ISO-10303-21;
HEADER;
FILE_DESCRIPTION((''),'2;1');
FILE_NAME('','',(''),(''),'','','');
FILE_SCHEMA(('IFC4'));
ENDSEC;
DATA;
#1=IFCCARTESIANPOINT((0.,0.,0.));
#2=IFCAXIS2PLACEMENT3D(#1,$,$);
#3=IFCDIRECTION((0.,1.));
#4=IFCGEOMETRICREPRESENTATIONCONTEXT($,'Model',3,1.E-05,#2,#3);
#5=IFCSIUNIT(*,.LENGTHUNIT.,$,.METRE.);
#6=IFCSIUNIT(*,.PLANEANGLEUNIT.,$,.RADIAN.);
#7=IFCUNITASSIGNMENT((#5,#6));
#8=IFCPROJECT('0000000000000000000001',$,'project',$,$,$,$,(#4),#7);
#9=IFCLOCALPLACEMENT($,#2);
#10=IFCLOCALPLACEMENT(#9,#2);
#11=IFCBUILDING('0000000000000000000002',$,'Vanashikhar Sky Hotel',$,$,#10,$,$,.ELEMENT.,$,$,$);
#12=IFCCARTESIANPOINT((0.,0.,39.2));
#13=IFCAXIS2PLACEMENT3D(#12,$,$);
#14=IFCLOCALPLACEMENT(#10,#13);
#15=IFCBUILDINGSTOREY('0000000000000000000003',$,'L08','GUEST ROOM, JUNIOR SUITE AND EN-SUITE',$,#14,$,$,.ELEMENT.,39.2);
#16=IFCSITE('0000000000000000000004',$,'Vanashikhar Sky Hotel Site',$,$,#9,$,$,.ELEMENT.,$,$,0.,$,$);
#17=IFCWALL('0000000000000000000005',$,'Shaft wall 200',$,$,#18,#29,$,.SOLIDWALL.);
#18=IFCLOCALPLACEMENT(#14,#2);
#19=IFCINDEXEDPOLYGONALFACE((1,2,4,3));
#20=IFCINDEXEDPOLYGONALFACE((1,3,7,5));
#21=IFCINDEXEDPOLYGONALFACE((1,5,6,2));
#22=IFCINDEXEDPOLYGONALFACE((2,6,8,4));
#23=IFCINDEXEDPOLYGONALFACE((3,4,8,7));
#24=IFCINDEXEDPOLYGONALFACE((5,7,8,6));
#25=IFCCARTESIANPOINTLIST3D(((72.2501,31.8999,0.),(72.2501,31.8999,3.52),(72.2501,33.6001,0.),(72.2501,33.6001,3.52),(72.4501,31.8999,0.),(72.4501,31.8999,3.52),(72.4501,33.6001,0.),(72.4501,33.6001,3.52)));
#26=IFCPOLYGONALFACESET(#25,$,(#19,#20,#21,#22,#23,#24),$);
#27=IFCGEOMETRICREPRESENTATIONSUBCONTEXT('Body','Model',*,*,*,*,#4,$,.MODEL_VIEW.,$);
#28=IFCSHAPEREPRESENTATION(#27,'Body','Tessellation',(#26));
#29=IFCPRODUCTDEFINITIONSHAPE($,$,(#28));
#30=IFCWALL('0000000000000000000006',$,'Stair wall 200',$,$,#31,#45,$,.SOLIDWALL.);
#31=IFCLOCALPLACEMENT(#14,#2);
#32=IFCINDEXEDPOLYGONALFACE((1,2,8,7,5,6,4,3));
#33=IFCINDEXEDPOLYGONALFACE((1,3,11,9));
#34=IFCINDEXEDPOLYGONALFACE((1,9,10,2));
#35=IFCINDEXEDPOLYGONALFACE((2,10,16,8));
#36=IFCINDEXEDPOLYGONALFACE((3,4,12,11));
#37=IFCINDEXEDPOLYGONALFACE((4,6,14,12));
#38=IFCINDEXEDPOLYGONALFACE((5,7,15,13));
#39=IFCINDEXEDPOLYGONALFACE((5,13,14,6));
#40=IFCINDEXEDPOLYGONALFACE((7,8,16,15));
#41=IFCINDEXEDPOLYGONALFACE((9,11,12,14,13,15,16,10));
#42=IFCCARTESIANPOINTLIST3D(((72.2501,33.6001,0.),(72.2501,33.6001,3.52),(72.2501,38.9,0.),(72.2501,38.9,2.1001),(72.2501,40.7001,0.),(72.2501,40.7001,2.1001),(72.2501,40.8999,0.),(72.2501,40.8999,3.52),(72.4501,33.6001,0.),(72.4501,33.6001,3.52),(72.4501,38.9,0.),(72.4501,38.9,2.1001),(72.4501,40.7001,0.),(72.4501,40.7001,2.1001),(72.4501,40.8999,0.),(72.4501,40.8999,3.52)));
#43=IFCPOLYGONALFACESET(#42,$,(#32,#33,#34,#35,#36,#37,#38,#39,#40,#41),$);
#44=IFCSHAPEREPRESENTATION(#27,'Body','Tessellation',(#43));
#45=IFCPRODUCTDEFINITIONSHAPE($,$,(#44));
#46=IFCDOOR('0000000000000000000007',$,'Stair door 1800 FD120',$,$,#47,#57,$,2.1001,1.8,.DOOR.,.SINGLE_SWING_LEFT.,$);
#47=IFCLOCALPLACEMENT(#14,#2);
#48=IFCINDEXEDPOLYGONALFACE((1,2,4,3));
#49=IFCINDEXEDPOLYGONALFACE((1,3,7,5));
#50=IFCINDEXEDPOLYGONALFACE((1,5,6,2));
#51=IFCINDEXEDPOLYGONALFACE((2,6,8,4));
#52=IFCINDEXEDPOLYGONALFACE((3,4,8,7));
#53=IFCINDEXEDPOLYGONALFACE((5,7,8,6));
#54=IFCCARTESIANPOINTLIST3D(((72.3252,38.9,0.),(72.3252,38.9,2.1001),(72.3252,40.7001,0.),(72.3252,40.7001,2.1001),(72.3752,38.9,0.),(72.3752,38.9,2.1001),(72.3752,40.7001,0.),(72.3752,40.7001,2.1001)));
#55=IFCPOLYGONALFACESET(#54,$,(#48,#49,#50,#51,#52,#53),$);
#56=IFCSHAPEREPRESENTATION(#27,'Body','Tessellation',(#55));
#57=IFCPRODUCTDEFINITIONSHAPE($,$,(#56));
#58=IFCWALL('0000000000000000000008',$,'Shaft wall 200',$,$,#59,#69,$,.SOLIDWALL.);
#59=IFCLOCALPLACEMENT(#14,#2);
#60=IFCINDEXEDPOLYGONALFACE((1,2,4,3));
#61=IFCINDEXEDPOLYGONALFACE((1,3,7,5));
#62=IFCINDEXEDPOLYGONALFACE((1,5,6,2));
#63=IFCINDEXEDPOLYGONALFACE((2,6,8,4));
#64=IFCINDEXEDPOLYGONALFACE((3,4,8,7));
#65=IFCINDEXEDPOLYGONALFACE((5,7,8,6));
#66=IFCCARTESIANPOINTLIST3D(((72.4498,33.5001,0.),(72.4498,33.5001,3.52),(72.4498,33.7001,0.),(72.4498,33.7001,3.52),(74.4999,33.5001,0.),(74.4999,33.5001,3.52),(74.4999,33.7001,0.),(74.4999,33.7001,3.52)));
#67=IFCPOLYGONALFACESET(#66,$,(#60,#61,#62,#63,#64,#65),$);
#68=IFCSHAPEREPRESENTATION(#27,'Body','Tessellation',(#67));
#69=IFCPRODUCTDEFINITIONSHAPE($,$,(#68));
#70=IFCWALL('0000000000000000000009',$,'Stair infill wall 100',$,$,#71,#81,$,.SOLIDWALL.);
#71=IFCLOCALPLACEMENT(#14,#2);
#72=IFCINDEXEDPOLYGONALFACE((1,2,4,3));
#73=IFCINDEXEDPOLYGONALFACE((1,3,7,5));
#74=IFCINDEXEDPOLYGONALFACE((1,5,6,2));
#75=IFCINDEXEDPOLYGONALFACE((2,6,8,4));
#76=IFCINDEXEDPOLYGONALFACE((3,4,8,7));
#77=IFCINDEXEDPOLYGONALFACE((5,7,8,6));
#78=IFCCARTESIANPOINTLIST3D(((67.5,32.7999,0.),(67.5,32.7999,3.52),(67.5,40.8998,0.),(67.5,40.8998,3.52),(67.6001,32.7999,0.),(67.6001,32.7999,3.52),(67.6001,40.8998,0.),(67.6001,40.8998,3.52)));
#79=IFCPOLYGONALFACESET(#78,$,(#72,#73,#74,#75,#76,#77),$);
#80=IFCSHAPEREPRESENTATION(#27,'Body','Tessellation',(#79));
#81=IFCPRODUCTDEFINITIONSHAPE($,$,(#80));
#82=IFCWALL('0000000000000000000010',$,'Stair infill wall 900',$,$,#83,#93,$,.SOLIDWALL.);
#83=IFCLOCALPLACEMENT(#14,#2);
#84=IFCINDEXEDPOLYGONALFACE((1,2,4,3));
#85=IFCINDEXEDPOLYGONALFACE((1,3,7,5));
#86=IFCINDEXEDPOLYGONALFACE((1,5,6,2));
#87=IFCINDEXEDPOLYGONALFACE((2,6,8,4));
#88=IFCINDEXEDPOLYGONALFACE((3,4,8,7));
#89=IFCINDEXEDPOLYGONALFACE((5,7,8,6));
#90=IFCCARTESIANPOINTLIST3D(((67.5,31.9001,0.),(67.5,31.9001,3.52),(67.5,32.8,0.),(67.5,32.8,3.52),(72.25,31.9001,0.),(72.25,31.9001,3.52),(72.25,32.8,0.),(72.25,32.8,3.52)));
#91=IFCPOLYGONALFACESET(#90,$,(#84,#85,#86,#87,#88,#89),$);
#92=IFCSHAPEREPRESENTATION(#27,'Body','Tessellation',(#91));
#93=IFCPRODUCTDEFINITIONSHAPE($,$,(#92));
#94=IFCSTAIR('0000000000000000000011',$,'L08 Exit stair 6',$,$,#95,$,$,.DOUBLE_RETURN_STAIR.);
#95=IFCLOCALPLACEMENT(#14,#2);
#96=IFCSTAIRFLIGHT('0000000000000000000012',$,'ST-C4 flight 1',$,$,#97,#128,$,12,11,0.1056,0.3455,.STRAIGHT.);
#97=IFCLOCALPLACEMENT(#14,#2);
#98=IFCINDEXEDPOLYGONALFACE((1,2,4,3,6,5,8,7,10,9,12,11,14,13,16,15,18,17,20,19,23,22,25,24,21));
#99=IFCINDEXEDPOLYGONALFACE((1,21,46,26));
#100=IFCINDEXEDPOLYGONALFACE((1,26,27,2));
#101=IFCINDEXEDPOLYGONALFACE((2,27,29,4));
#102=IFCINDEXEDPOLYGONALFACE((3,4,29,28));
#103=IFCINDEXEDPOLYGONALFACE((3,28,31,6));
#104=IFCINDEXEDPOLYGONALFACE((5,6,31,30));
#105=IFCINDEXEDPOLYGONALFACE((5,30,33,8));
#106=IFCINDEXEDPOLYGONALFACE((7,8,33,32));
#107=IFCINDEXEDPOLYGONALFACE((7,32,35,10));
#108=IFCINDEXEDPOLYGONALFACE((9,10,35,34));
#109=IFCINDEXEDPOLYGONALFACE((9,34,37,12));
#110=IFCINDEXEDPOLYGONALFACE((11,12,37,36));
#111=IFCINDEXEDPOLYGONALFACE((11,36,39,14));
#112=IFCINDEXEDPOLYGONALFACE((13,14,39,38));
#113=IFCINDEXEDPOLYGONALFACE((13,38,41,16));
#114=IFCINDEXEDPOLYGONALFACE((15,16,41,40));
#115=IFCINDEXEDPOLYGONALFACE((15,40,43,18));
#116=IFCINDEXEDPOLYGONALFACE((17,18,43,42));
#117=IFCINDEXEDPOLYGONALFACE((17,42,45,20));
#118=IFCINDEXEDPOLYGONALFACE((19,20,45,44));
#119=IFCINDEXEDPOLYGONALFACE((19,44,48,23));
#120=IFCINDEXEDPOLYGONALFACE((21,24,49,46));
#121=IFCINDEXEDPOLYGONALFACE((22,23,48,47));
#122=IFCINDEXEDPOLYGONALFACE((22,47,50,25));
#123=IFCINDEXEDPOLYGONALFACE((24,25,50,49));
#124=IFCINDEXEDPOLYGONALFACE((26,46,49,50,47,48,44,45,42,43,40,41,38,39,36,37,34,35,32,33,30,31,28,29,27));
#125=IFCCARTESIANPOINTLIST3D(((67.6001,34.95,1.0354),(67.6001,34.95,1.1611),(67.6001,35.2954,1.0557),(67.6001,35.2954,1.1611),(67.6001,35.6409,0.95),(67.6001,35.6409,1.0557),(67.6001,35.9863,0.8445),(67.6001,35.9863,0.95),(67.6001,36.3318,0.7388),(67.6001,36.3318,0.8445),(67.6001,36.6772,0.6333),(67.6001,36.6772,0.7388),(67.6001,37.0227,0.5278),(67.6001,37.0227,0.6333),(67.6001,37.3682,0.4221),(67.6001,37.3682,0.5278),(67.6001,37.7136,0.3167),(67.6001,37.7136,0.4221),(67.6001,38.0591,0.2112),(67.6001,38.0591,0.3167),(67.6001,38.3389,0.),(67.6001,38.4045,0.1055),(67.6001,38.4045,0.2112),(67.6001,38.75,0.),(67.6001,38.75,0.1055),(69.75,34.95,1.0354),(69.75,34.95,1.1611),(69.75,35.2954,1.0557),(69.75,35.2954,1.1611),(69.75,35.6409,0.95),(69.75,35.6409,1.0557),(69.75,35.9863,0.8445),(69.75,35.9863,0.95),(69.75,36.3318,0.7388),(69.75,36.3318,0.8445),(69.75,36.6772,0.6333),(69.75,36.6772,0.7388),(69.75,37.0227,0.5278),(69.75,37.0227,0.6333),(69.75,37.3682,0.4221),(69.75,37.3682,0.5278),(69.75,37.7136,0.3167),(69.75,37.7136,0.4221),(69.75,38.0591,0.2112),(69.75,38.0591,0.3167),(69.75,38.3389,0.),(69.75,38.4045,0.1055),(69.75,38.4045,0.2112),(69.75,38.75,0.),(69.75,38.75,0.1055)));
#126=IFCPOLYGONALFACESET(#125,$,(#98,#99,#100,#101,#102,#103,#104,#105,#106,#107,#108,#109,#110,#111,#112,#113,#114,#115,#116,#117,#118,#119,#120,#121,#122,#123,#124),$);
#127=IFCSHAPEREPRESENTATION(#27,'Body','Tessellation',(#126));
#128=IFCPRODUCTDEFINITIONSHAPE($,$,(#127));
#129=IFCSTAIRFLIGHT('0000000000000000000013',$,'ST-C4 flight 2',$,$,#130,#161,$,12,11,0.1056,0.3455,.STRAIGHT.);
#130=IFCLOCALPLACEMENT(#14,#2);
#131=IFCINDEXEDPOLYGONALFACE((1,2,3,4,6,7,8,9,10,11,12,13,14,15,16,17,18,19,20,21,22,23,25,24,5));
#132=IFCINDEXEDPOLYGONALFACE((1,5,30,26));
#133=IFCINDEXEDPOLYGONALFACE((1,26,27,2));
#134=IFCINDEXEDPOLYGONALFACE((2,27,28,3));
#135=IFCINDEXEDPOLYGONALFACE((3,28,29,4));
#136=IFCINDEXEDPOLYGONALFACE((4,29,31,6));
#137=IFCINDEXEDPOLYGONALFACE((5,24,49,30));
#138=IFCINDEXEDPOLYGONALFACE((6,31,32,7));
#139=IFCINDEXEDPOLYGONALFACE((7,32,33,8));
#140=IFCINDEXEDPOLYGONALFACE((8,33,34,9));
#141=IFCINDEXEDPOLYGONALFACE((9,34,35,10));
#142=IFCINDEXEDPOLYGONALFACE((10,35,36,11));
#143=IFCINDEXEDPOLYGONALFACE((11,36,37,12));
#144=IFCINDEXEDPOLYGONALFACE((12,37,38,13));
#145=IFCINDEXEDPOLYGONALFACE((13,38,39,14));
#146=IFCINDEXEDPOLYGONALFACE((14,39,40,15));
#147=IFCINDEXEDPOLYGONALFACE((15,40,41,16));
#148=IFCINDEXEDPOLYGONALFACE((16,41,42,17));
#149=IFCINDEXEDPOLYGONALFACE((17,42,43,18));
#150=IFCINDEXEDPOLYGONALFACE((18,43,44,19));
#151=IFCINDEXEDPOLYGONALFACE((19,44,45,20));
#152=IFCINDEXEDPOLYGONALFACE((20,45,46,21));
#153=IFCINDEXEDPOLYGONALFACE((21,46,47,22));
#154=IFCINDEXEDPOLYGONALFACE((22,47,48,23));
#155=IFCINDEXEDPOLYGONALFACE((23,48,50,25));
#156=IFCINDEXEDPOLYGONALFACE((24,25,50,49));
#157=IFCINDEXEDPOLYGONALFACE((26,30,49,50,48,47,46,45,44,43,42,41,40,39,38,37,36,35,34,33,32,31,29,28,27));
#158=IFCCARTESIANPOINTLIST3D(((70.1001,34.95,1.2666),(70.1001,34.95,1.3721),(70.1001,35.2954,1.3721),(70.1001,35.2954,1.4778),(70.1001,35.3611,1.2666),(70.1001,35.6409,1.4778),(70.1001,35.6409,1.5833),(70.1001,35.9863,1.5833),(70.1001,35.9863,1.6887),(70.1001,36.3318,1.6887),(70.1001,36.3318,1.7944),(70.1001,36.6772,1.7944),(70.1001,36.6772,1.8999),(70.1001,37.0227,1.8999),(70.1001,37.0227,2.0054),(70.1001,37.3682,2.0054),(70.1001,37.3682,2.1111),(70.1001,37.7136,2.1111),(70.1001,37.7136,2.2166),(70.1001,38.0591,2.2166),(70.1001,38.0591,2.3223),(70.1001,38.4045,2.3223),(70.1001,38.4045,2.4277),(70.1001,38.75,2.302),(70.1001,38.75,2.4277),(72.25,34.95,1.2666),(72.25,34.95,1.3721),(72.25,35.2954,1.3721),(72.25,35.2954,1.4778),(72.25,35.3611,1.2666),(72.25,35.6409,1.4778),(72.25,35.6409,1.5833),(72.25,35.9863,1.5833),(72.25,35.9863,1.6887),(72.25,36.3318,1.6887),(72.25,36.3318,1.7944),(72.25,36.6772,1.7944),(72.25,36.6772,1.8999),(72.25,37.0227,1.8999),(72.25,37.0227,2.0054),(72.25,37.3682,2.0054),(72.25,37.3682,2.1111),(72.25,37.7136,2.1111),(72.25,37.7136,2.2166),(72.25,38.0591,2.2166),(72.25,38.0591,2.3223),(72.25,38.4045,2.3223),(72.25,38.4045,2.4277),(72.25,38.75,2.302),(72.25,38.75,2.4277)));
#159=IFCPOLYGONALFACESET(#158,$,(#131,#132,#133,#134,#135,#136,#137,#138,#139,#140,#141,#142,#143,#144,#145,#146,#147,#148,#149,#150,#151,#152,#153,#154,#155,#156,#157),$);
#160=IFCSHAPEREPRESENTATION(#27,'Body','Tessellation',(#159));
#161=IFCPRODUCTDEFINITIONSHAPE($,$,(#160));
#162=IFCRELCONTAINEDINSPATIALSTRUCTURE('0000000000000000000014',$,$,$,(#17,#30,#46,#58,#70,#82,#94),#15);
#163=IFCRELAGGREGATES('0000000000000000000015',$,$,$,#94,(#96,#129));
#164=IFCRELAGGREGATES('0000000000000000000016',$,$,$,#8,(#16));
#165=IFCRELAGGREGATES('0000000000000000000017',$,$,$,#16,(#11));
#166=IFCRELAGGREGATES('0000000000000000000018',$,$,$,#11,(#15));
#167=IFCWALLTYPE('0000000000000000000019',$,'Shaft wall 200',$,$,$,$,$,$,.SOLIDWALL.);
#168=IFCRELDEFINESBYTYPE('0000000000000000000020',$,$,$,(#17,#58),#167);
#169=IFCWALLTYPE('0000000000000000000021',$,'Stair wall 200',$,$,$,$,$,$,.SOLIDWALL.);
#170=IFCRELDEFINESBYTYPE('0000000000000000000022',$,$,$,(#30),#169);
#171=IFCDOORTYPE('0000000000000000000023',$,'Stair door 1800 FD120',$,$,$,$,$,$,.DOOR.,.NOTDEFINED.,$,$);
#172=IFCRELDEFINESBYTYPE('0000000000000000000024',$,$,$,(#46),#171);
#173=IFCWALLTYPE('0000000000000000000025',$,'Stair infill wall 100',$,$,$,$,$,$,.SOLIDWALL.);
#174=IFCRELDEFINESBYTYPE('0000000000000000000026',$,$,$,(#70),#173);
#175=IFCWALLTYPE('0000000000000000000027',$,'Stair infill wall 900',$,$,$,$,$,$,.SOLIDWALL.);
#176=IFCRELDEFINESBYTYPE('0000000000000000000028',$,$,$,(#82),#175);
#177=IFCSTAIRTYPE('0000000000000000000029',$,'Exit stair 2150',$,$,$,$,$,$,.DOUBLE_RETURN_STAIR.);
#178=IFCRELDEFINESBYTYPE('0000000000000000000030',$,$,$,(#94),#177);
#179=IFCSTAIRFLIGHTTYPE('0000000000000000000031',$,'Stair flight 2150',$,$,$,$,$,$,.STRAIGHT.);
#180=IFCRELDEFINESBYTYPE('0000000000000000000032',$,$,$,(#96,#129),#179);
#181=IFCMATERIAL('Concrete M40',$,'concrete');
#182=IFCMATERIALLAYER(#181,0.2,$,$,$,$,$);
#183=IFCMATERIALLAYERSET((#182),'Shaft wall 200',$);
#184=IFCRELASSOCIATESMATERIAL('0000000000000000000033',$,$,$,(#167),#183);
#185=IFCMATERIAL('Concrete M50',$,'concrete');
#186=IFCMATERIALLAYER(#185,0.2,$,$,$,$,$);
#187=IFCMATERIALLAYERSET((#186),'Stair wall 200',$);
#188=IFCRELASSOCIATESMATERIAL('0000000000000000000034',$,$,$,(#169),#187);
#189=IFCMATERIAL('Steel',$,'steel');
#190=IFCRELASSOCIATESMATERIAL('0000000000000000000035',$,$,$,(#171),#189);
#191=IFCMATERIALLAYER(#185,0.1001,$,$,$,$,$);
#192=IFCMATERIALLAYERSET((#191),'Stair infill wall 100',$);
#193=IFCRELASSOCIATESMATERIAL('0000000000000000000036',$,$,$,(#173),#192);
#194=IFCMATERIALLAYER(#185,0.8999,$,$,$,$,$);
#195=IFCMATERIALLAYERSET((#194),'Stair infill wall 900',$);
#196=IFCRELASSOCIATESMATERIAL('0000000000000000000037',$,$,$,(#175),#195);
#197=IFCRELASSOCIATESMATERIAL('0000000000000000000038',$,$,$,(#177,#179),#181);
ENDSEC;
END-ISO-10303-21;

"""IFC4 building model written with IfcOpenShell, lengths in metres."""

from ifc_helpers import new_model, si_unit, direction, frame, frame_2d, origin, place, context, subcontext, project, spatial, polyline, rectangle, outline, extrude, source, transform, mapped, material, layer, layer_set, type_object, element, fill, aggregate, save


model = new_model("IFC4")

# Units and contexts
model_context = context("Model", 3, precision=1e-05, world=origin(), true_north=direction((0.0, 1.0)))
body_context = subcontext(model_context, "Body", "Model", "MODEL_VIEW")
ifc_project = project(units=[si_unit("LENGTHUNIT", "METRE"), si_unit("PLANEANGLEUNIT", "RADIAN")], contexts=[model_context])

# Site, building, storey
site_placement = place(None, origin())
site = spatial("IfcSite", under=ifc_project, at=site_placement, Name="Vanashikhar Sky Hotel Site", CompositionType="ELEMENT", RefElevation=0.0)
building_placement = place(site_placement, origin())
building = spatial("IfcBuilding", under=site, at=building_placement, Name="Vanashikhar Sky Hotel", CompositionType="ELEMENT")
storey_placement = place(building_placement, frame((0.0, 0.0, 39.2)))
storey = spatial("IfcBuildingStorey", under=building, at=storey_placement, Name="L08", Description="GUEST ROOM, JUNIOR SUITE AND EN-SUITE", CompositionType="ELEMENT", Elevation=39.2)

# Wall
ifc_material_1 = material(Name="Concrete M40", Category="concrete")
ifc_layer_1 = layer(ifc_material_1, 0.2)
ifc_layer_set_1 = layer_set([ifc_layer_1], Name="Shaft wall 200")
wall_type_1 = type_object("IfcWallType", Name="Shaft wall 200", PredefinedType="SOLIDWALL", material=ifc_layer_set_1)
shared_shape_1 = source(origin(), body_context, "Body", "SweptSolid", [
    extrude(rectangle(XDim=1.7002, YDim=0.2, at=frame_2d((0.8501, 0.0))), origin(), (0.0, 0.0, 1.0), 3.52),
])
wall_1_placement = place(storey_placement, frame((72.3501, 31.8999, 0.0), z_axis=(0.0, 0.0, 1.0), x_axis=(0.0, 1.0, 0.0)))
element("IfcWall", 1, at=wall_1_placement, inside=storey, type_object=wall_type_1, Name="Shaft wall 200", PredefinedType="SOLIDWALL", context=body_context, shape_type="MappedRepresentation", body=[
    mapped(shared_shape_1, transform((0.0, 0.0, 0.0), scale=1.0)),
])

# Wall, opening, door
ifc_material_2 = material(Name="Concrete M50", Category="concrete")
ifc_layer_2 = layer(ifc_material_2, 0.2)
ifc_layer_set_2 = layer_set([ifc_layer_2], Name="Stair wall 200")
wall_type_2 = type_object("IfcWallType", Name="Stair wall 200", PredefinedType="SOLIDWALL", material=ifc_layer_set_2)
shared_shape_2 = source(origin(), body_context, "Body", "SweptSolid", [
    extrude(rectangle(XDim=7.2998, YDim=0.2, at=frame_2d((3.6499, 0.0))), origin(), (0.0, 0.0, 1.0), 3.52),
])
wall_2_placement = place(storey_placement, frame((72.3501, 33.6001, 0.0), z_axis=(0.0, 0.0, 1.0), x_axis=(0.0, 1.0, 0.0)))
wall_2 = element("IfcWall", 2, at=wall_2_placement, inside=storey, type_object=wall_type_2, Name="Stair wall 200", PredefinedType="SOLIDWALL", context=body_context, shape_type="MappedRepresentation", body=[
    mapped(shared_shape_2, transform((0.0, 0.0, 0.0), scale=1.0)),
])
shared_shape_3 = source(origin(), body_context, "Body", "SweptSolid", [
    extrude(rectangle(XDim=1.8, YDim=2.1001, at=frame_2d((0.8999, 1.05))), frame((0.0, 0.1099, 0.0), z_axis=(0.0, -1.0, 0.0), x_axis=(1.0, 0.0, 0.0)), (0.0, 0.0, 1.0), 0.22),
])
opening_placement = place(wall_2_placement, frame((5.3, 0.0, 0.0)))
opening = element("IfcOpeningElement", 3, at=opening_placement, cuts=wall_2, PredefinedType="OPENING", context=body_context, shape_type="MappedRepresentation", body=[
    mapped(shared_shape_3, transform((0.0, 0.0, 0.0), scale=1.0)),
])
ifc_material_3 = material(Name="Steel", Category="steel")
door_type = type_object("IfcDoorType", Name="Stair door 1800 FD120", OperationType="NOTDEFINED", PredefinedType="DOOR", material=ifc_material_3)
shared_shape_4 = source(origin(), body_context, "Body", "SweptSolid", [
    extrude(rectangle(XDim=1.8, YDim=2.1001, at=frame_2d((0.8999, 1.05))), frame((0.0, 0.0249, 0.0), z_axis=(0.0, -1.0, 0.0), x_axis=(1.0, 0.0, 0.0)), (0.0, 0.0, 1.0), 0.05),
])
door_placement = place(opening_placement, origin())
door = element("IfcDoor", 4, at=door_placement, inside=storey, type_object=door_type, Name="Stair door 1800 FD120", OperationType="SINGLE_SWING_LEFT", OverallHeight=2.1001, OverallWidth=1.8, PredefinedType="DOOR", context=body_context, shape_type="MappedRepresentation", body=[
    mapped(shared_shape_4, transform((0.0, 0.0, 0.0), scale=1.0)),
])
fill(opening, door)

# Walls
shared_shape_5 = source(origin(), body_context, "Body", "SweptSolid", [
    extrude(rectangle(XDim=2.05, YDim=0.2, at=frame_2d((1.0249, 0.0))), origin(), (0.0, 0.0, 1.0), 3.52),
])
wall_3_placement = place(storey_placement, frame((72.45, 33.6001, 0.0), z_axis=(0.0, 0.0, 1.0), x_axis=(1.0, 0.0, 0.0)))
element("IfcWall", 5, at=wall_3_placement, inside=storey, type_object=wall_type_1, Name="Shaft wall 200", PredefinedType="SOLIDWALL", context=body_context, shape_type="MappedRepresentation", body=[
    mapped(shared_shape_5, transform((0.0, 0.0, 0.0), scale=1.0)),
])
ifc_layer_3 = layer(ifc_material_2, 0.1001)
ifc_layer_set_3 = layer_set([ifc_layer_3], Name="Stair infill wall 100")
wall_type_3 = type_object("IfcWallType", Name="Stair infill wall 100", PredefinedType="SOLIDWALL", material=ifc_layer_set_3)
shared_shape_6 = source(origin(), body_context, "Body", "SweptSolid", [
    extrude(rectangle(XDim=8.0999, YDim=0.1001, at=frame_2d((4.0498, 0.0))), origin(), (0.0, 0.0, 1.0), 3.52),
])
wall_4_placement = place(storey_placement, frame((67.55, 32.8, 0.0), z_axis=(0.0, 0.0, 1.0), x_axis=(0.0, 1.0, 0.0)))
element("IfcWall", 6, at=wall_4_placement, inside=storey, type_object=wall_type_3, Name="Stair infill wall 100", PredefinedType="SOLIDWALL", context=body_context, shape_type="MappedRepresentation", body=[
    mapped(shared_shape_6, transform((0.0, 0.0, 0.0), scale=1.0)),
])
ifc_layer_4 = layer(ifc_material_2, 0.8999)
ifc_layer_set_4 = layer_set([ifc_layer_4], Name="Stair infill wall 900")
wall_type_4 = type_object("IfcWallType", Name="Stair infill wall 900", PredefinedType="SOLIDWALL", material=ifc_layer_set_4)
shared_shape_7 = source(origin(), body_context, "Body", "SweptSolid", [
    extrude(rectangle(XDim=4.75, YDim=0.8999, at=frame_2d((2.375, 0.0))), origin(), (0.0, 0.0, 1.0), 3.52),
])
wall_5_placement = place(storey_placement, frame((67.5, 32.3501, 0.0), z_axis=(0.0, 0.0, 1.0), x_axis=(1.0, 0.0, 0.0)))
element("IfcWall", 7, at=wall_5_placement, inside=storey, type_object=wall_type_4, Name="Stair infill wall 900", PredefinedType="SOLIDWALL", context=body_context, shape_type="MappedRepresentation", body=[
    mapped(shared_shape_7, transform((0.0, 0.0, 0.0), scale=1.0)),
])

# Stair, stair flights
stair_type = type_object("IfcStairType", Name="Exit stair 2150", PredefinedType="DOUBLE_RETURN_STAIR", material=ifc_material_1)
stair_placement = place(storey_placement, origin())
stair = element("IfcStair", 8, at=stair_placement, inside=storey, type_object=stair_type, Name="L08 Exit stair 6", PredefinedType="DOUBLE_RETURN_STAIR")
stair_flight_type = type_object("IfcStairFlightType", Name="Stair flight 2150", PredefinedType="STRAIGHT", material=ifc_material_1)
shared_shape_8 = source(origin(), body_context, "Body", "SweptSolid", [
    extrude(outline(polyline([(0.0, 0.0), (0.0, 0.1055), (0.3455, 0.1055), (0.3455, 0.2112), (0.6909, 0.2112), (0.6909, 0.3167), (1.0364, 0.3167), (1.0364, 0.4221), (1.3818, 0.4221), (1.3818, 0.5278), (1.7273, 0.5278), (1.7273, 0.6333), (2.0728, 0.6333), (2.0728, 0.7388), (2.4182, 0.7388), (2.4182, 0.8445), (2.7637, 0.8445), (2.7637, 0.95), (3.1091, 0.95), (3.1091, 1.0557), (3.4546, 1.0557), (3.4546, 1.1611), (3.8, 1.1611), (3.8, 1.2666), (3.8, 1.0354), (0.4111, 0.0), (0.0, 0.0)])), frame((0.0, 1.075, 0.0), z_axis=(0.0, -1.0, 0.0), x_axis=(1.0, 0.0, 0.0)), (0.0, 0.0, 1.0), 2.1499),
])
stair_flight_1_placement = place(storey_placement, frame((68.675, 38.75, 0.0), z_axis=(0.0, 0.0, 1.0), x_axis=(0.0, -1.0, 0.0)))
stair_flight_1 = element("IfcStairFlight", 9, at=stair_flight_1_placement, type_object=stair_flight_type, Name="ST-C4 flight 1", NumberOfRisers=12, NumberOfTreads=11, PredefinedType="STRAIGHT", RiserHeight=0.1056, TreadLength=0.3455, context=body_context, shape_type="MappedRepresentation", body=[
    mapped(shared_shape_8, transform((0.0, 0.0, 0.0), scale=1.0)),
])
stair_flight_2_placement = place(storey_placement, frame((71.175, 34.95, 1.2666), z_axis=(0.0, 0.0, 1.0), x_axis=(0.0, 1.0, 0.0)))
stair_flight_2 = element("IfcStairFlight", 10, at=stair_flight_2_placement, type_object=stair_flight_type, Name="ST-C4 flight 2", NumberOfRisers=12, NumberOfTreads=11, PredefinedType="STRAIGHT", RiserHeight=0.1056, TreadLength=0.3455, context=body_context, shape_type="MappedRepresentation", body=[
    mapped(shared_shape_8, transform((0.0, 0.0, 0.0), scale=1.0)),
])
aggregate(stair, [stair_flight_1, stair_flight_2])

save(model, "model.ifc")
